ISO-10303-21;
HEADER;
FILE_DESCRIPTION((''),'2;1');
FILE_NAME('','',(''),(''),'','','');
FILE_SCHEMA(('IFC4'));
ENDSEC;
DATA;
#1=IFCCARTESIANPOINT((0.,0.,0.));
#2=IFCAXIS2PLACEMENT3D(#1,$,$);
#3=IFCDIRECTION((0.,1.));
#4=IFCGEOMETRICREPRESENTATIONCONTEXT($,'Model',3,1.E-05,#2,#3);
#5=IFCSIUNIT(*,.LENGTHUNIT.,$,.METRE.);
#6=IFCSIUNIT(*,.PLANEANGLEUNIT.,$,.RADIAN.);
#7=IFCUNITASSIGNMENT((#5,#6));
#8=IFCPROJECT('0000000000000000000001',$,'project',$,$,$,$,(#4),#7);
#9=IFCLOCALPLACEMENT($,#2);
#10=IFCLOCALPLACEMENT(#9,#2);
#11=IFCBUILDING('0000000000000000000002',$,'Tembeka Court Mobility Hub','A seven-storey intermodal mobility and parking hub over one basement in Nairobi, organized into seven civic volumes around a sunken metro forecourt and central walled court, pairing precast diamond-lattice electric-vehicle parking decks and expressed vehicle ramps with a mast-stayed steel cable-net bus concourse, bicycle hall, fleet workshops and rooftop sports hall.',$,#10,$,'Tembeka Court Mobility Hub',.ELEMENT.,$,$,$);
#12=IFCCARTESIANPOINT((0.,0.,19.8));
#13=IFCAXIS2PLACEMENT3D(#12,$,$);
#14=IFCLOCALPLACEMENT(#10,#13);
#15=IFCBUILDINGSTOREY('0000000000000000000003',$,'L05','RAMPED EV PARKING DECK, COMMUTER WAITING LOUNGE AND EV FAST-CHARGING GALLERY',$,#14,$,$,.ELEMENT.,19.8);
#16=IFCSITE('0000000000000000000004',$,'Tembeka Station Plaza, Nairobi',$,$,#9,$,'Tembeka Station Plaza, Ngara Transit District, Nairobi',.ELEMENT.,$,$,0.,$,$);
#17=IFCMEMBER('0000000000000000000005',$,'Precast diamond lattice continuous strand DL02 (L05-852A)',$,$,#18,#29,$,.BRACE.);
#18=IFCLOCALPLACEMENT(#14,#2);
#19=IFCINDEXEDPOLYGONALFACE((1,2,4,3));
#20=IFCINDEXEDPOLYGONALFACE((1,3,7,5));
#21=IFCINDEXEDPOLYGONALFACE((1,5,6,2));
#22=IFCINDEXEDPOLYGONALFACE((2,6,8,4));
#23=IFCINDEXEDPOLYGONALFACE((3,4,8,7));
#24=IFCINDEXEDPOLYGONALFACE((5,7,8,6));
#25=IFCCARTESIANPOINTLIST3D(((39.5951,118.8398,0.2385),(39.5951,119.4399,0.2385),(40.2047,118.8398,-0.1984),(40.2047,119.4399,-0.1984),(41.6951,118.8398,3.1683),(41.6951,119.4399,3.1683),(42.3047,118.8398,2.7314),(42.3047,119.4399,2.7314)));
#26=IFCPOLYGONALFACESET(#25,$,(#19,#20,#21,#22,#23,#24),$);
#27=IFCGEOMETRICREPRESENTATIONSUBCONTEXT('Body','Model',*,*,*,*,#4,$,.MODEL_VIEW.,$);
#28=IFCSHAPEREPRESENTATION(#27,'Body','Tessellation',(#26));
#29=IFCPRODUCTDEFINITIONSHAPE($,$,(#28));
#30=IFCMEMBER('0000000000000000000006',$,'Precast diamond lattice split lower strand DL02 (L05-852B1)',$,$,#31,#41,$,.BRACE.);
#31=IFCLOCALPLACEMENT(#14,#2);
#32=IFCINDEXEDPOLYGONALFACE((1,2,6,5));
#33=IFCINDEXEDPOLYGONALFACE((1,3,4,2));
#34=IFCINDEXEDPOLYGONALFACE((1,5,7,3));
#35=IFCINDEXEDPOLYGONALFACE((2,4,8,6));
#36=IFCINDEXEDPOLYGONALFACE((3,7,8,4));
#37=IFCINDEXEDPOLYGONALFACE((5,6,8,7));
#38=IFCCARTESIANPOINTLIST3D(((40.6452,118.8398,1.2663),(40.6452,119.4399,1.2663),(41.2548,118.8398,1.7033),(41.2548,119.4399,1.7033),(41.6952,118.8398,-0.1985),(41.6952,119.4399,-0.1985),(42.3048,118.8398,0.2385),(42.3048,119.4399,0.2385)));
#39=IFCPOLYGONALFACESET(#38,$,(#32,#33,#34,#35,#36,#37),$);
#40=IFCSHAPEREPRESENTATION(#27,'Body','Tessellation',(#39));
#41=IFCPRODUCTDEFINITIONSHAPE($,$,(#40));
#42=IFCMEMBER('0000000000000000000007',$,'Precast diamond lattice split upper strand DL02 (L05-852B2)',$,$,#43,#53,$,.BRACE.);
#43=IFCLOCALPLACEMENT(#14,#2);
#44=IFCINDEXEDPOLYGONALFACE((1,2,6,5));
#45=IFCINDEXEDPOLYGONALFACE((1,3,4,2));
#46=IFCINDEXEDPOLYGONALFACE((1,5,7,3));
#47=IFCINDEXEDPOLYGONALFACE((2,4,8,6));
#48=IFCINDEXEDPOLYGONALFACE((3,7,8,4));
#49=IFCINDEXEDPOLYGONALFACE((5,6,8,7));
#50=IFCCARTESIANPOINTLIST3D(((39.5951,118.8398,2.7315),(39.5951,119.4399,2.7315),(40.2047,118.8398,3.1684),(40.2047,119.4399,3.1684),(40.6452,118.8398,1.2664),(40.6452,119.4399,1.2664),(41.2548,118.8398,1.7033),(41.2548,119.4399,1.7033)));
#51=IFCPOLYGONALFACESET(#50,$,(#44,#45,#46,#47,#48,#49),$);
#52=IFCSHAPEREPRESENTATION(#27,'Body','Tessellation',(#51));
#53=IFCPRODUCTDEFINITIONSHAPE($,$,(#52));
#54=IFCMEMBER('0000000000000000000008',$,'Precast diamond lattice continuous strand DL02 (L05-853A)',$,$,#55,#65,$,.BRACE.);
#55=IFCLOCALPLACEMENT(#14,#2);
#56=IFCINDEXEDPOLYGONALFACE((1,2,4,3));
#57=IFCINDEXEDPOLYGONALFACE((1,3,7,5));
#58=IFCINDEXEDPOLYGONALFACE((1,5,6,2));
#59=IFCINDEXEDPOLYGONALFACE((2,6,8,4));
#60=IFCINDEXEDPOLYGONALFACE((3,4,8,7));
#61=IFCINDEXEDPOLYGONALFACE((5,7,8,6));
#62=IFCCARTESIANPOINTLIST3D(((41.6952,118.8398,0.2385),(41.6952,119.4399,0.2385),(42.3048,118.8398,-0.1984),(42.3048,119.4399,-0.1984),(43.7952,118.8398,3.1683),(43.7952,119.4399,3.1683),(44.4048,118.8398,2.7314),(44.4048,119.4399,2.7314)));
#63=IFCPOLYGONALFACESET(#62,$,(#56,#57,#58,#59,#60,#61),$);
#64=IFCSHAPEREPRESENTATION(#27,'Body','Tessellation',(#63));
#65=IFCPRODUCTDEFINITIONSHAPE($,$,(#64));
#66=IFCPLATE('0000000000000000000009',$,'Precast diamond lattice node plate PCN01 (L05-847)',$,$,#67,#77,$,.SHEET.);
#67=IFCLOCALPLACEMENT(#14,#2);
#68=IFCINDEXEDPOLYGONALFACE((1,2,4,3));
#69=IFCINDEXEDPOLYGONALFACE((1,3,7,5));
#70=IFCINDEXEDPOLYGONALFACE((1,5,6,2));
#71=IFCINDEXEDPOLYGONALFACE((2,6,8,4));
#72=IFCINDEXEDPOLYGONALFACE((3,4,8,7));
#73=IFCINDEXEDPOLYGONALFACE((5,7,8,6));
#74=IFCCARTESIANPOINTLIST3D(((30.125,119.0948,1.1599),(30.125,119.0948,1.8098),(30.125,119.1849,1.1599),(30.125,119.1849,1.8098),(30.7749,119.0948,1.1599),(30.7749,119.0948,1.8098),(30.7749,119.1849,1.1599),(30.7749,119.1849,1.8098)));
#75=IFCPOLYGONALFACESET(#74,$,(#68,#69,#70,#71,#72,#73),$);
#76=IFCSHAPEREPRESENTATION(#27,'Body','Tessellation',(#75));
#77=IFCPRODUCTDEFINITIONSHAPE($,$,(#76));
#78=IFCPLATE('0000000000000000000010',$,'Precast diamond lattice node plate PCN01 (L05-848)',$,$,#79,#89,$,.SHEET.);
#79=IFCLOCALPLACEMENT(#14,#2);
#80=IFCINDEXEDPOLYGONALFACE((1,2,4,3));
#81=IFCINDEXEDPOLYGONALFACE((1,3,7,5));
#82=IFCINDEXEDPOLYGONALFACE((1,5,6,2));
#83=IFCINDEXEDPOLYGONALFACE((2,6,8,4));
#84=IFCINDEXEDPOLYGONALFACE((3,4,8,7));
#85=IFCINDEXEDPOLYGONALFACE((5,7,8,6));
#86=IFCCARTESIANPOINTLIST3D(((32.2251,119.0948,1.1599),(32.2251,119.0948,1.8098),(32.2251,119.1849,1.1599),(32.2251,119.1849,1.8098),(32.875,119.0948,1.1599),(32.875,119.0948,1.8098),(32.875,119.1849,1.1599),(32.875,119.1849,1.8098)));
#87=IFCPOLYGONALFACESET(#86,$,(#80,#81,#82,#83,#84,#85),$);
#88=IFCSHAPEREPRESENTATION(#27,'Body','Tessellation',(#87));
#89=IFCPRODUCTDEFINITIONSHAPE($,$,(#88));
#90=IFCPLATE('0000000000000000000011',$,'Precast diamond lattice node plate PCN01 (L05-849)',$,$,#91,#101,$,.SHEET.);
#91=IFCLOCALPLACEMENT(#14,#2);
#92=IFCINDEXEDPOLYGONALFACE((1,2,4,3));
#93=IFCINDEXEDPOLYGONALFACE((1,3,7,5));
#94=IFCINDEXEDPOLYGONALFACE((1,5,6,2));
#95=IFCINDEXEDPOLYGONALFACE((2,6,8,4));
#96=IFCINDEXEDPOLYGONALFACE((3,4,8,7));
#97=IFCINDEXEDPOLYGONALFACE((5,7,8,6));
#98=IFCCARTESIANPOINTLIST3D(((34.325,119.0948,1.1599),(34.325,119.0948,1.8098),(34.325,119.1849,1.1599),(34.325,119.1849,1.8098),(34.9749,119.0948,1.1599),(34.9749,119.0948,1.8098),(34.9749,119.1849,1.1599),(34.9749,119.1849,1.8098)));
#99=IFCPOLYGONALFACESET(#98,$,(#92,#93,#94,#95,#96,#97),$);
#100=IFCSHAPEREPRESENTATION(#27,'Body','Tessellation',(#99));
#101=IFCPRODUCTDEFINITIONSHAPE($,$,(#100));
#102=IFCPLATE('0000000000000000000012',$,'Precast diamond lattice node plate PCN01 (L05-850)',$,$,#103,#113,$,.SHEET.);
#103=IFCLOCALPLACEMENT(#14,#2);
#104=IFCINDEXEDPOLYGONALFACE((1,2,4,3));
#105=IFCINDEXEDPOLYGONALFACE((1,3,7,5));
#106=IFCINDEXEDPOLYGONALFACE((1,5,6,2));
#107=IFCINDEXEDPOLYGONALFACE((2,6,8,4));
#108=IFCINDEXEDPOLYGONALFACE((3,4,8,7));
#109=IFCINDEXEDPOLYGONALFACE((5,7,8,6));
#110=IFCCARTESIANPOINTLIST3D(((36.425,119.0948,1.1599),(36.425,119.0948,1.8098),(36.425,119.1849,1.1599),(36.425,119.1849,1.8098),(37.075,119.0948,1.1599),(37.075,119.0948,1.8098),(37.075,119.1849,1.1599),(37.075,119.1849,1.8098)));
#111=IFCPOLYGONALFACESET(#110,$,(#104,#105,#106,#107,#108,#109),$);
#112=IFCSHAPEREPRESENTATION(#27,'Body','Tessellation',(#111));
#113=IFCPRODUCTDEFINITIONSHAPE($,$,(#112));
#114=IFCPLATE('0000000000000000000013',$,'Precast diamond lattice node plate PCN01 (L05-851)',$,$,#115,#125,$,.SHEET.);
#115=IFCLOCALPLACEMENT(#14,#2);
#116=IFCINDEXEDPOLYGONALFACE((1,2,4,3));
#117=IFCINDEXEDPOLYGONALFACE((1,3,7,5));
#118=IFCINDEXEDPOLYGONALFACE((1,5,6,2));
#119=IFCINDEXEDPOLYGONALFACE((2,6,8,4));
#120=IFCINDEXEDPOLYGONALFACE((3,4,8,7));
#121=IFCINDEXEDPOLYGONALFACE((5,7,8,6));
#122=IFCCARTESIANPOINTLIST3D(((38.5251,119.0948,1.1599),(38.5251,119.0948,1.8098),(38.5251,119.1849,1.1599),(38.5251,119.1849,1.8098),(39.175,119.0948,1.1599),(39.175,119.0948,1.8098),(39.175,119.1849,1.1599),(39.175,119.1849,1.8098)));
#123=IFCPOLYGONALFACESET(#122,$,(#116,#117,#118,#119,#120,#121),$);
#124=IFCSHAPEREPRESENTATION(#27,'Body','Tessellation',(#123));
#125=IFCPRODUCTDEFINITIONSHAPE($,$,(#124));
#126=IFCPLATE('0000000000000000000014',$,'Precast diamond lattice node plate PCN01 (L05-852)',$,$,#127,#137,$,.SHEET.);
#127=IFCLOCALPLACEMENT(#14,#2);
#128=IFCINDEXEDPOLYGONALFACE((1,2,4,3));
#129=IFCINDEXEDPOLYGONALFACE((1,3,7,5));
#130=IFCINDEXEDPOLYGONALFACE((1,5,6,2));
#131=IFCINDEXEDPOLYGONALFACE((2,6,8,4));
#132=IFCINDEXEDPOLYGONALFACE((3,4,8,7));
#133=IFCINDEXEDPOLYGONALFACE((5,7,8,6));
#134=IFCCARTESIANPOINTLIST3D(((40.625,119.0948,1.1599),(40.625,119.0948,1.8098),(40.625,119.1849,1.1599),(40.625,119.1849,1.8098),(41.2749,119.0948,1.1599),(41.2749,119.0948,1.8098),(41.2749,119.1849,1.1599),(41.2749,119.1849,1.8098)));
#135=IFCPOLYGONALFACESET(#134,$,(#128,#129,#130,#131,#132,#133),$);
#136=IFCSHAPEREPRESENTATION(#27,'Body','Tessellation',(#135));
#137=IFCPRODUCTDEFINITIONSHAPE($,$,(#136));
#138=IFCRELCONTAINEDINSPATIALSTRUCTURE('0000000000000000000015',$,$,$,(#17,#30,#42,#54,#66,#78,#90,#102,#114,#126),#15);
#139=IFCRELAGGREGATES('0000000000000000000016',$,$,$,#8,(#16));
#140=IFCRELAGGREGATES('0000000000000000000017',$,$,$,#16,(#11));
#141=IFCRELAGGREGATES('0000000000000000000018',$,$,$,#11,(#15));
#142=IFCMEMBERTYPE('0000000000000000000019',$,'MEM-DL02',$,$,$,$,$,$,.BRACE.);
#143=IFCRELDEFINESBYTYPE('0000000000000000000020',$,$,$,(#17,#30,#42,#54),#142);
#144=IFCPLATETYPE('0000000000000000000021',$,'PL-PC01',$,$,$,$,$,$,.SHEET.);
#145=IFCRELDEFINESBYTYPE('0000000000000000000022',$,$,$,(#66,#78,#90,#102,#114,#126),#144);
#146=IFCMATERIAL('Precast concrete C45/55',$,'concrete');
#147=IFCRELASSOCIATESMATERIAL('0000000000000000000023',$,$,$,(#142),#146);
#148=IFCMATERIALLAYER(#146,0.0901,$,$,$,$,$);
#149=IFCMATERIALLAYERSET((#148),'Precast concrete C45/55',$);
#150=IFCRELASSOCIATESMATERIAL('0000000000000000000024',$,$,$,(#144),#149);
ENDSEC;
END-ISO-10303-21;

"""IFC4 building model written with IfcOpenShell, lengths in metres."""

from ifc_helpers import new_model, si_unit, direction, frame, origin, origin_2d, place, context, subcontext, project, spatial, rectangle, extrude, material, layer, layer_set, material_profile, profile_set, type_object, element, save


model = new_model("IFC4")

# Units and contexts
model_context = context("Model", 3, precision=1e-05, world=origin(), true_north=direction((0.0, 1.0)))
body_context = subcontext(model_context, "Body", "Model", "MODEL_VIEW")
ifc_project = project(units=[si_unit("LENGTHUNIT", "METRE"), si_unit("PLANEANGLEUNIT", "RADIAN")], contexts=[model_context])

# Site, building, storey
site_placement = place(None, origin())
site = spatial("IfcSite", under=ifc_project, at=site_placement, Name="Tembeka Station Plaza, Nairobi", LongName="Tembeka Station Plaza, Ngara Transit District, Nairobi", CompositionType="ELEMENT", RefElevation=0.0)
building_placement = place(site_placement, origin())
building = spatial("IfcBuilding", under=site, at=building_placement, Name="Tembeka Court Mobility Hub", Description="A seven-storey intermodal mobility and parking hub over one basement in Nairobi, organized into seven civic volumes around a sunken metro forecourt and central walled court, pairing precast diamond-lattice electric-vehicle parking decks and expressed vehicle ramps with a mast-stayed steel cable-net bus concourse, bicycle hall, fleet workshops and rooftop sports hall.", LongName="Tembeka Court Mobility Hub", CompositionType="ELEMENT")
storey_placement = place(building_placement, frame((0.0, 0.0, 19.8)))
storey = spatial("IfcBuildingStorey", under=building, at=storey_placement, Name="L05", Description="RAMPED EV PARKING DECK, COMMUTER WAITING LOUNGE AND EV FAST-CHARGING GALLERY", CompositionType="ELEMENT", Elevation=19.8)

# Members
ifc_material = material(Name="Precast concrete C45/55", Category="concrete")
ifc_material_profile_1 = material_profile(ifc_material, rectangle(XDim=0.6001, YDim=0.75, at=origin_2d()), Name="PC-DIAG 600x750")
ifc_profile_set_1 = profile_set([ifc_material_profile_1], Name="Precast concrete C45/55")
member_type_1 = type_object("IfcMemberType", Name="MEM-DL02", PredefinedType="BRACE", material=ifc_profile_set_1)
member_1_placement = place(storey_placement, frame((39.8999, 119.1399, 0.02), z_axis=(0.582576, 0.0, 0.812776), x_axis=(0.0, 1.0, 0.0)))
element("IfcMember", 1, at=member_1_placement, inside=storey, type_object=member_type_1, Name="Precast diamond lattice continuous strand DL02 (L05-852A)", PredefinedType="BRACE", context=body_context, shape_type="SweptSolid", body=[
    extrude(rectangle(XDim=0.6001, YDim=0.75, at=origin_2d()), origin(), (0.0, 0.0, 1.0), 3.6047),
])
member_2_placement = place(storey_placement, frame((42.0, 119.1399, 0.02), z_axis=(-0.582608, 0.0, 0.812753), x_axis=(0.0, -1.0, 0.0)))
element("IfcMember", 2, at=member_2_placement, inside=storey, type_object=member_type_1, Name="Precast diamond lattice split lower strand DL02 (L05-852B1)", PredefinedType="BRACE", context=body_context, shape_type="SweptSolid", body=[
    extrude(rectangle(XDim=0.6001, YDim=0.75, at=origin_2d()), origin(), (0.0, 0.0, 1.0), 1.8022),
])
member_3_placement = place(storey_placement, frame((40.95, 119.1399, 1.4849), z_axis=(-0.582544, 0.0, 0.812799), x_axis=(0.0, -1.0, 0.0)))
element("IfcMember", 3, at=member_3_placement, inside=storey, type_object=member_type_1, Name="Precast diamond lattice split upper strand DL02 (L05-852B2)", PredefinedType="BRACE", context=body_context, shape_type="SweptSolid", body=[
    extrude(rectangle(XDim=0.6001, YDim=0.75, at=origin_2d()), origin(), (0.0, 0.0, 1.0), 1.8025),
])
member_4_placement = place(storey_placement, frame((42.0, 119.1399, 0.02), z_axis=(0.582576, 0.0, 0.812776), x_axis=(0.0, 1.0, 0.0)))
element("IfcMember", 4, at=member_4_placement, inside=storey, type_object=member_type_1, Name="Precast diamond lattice continuous strand DL02 (L05-853A)", PredefinedType="BRACE", context=body_context, shape_type="SweptSolid", body=[
    extrude(rectangle(XDim=0.6001, YDim=0.75, at=origin_2d()), origin(), (0.0, 0.0, 1.0), 3.6047),
])

# Plates
ifc_layer = layer(ifc_material, 0.0901)
ifc_layer_set = layer_set([ifc_layer], Name="Precast concrete C45/55")
plate_type = type_object("IfcPlateType", Name="PL-PC01", PredefinedType="SHEET", material=ifc_layer_set)
for number, where, z_axis, x_axis, name in (
    (5, (30.45, 119.1399, 1.1599), (0.0, 0.0, 1.0), (1.0, 0.0, 0.0), "Precast diamond lattice node plate PCN01 (L05-847)"),
    (6, (32.55, 119.1399, 1.1599), (0.0, 0.0, 1.0), (1.0, 0.0, 0.0), "Precast diamond lattice node plate PCN01 (L05-848)"),
    (7, (34.6499, 119.1399, 1.1599), (0.0, 0.0, 1.0), (1.0, 0.0, 0.0), "Precast diamond lattice node plate PCN01 (L05-849)"),
    (8, (36.75, 119.1399, 1.1599), (0.0, 0.0, 1.0), (1.0, 0.0, 0.0), "Precast diamond lattice node plate PCN01 (L05-850)"),
    (9, (38.8501, 119.1399, 1.1599), (0.0, 0.0, 1.0), (1.0, 0.0, 0.0), "Precast diamond lattice node plate PCN01 (L05-851)"),
    (10, (40.95, 119.1399, 1.1599), (0.0, 0.0, 1.0), (1.0, 0.0, 0.0), "Precast diamond lattice node plate PCN01 (L05-852)"),
):
    element("IfcPlate", number, at=place(storey_placement, frame(where, z_axis=z_axis, x_axis=x_axis)), inside=storey, type_object=plate_type, Name=name, PredefinedType="SHEET", context=body_context, shape_type="SweptSolid", body=[
        extrude(rectangle(XDim=0.6499, YDim=0.0901, at=origin_2d()), origin(), (0.0, 0.0, 1.0), 0.6499),
    ])

save(model, "model.ifc")
